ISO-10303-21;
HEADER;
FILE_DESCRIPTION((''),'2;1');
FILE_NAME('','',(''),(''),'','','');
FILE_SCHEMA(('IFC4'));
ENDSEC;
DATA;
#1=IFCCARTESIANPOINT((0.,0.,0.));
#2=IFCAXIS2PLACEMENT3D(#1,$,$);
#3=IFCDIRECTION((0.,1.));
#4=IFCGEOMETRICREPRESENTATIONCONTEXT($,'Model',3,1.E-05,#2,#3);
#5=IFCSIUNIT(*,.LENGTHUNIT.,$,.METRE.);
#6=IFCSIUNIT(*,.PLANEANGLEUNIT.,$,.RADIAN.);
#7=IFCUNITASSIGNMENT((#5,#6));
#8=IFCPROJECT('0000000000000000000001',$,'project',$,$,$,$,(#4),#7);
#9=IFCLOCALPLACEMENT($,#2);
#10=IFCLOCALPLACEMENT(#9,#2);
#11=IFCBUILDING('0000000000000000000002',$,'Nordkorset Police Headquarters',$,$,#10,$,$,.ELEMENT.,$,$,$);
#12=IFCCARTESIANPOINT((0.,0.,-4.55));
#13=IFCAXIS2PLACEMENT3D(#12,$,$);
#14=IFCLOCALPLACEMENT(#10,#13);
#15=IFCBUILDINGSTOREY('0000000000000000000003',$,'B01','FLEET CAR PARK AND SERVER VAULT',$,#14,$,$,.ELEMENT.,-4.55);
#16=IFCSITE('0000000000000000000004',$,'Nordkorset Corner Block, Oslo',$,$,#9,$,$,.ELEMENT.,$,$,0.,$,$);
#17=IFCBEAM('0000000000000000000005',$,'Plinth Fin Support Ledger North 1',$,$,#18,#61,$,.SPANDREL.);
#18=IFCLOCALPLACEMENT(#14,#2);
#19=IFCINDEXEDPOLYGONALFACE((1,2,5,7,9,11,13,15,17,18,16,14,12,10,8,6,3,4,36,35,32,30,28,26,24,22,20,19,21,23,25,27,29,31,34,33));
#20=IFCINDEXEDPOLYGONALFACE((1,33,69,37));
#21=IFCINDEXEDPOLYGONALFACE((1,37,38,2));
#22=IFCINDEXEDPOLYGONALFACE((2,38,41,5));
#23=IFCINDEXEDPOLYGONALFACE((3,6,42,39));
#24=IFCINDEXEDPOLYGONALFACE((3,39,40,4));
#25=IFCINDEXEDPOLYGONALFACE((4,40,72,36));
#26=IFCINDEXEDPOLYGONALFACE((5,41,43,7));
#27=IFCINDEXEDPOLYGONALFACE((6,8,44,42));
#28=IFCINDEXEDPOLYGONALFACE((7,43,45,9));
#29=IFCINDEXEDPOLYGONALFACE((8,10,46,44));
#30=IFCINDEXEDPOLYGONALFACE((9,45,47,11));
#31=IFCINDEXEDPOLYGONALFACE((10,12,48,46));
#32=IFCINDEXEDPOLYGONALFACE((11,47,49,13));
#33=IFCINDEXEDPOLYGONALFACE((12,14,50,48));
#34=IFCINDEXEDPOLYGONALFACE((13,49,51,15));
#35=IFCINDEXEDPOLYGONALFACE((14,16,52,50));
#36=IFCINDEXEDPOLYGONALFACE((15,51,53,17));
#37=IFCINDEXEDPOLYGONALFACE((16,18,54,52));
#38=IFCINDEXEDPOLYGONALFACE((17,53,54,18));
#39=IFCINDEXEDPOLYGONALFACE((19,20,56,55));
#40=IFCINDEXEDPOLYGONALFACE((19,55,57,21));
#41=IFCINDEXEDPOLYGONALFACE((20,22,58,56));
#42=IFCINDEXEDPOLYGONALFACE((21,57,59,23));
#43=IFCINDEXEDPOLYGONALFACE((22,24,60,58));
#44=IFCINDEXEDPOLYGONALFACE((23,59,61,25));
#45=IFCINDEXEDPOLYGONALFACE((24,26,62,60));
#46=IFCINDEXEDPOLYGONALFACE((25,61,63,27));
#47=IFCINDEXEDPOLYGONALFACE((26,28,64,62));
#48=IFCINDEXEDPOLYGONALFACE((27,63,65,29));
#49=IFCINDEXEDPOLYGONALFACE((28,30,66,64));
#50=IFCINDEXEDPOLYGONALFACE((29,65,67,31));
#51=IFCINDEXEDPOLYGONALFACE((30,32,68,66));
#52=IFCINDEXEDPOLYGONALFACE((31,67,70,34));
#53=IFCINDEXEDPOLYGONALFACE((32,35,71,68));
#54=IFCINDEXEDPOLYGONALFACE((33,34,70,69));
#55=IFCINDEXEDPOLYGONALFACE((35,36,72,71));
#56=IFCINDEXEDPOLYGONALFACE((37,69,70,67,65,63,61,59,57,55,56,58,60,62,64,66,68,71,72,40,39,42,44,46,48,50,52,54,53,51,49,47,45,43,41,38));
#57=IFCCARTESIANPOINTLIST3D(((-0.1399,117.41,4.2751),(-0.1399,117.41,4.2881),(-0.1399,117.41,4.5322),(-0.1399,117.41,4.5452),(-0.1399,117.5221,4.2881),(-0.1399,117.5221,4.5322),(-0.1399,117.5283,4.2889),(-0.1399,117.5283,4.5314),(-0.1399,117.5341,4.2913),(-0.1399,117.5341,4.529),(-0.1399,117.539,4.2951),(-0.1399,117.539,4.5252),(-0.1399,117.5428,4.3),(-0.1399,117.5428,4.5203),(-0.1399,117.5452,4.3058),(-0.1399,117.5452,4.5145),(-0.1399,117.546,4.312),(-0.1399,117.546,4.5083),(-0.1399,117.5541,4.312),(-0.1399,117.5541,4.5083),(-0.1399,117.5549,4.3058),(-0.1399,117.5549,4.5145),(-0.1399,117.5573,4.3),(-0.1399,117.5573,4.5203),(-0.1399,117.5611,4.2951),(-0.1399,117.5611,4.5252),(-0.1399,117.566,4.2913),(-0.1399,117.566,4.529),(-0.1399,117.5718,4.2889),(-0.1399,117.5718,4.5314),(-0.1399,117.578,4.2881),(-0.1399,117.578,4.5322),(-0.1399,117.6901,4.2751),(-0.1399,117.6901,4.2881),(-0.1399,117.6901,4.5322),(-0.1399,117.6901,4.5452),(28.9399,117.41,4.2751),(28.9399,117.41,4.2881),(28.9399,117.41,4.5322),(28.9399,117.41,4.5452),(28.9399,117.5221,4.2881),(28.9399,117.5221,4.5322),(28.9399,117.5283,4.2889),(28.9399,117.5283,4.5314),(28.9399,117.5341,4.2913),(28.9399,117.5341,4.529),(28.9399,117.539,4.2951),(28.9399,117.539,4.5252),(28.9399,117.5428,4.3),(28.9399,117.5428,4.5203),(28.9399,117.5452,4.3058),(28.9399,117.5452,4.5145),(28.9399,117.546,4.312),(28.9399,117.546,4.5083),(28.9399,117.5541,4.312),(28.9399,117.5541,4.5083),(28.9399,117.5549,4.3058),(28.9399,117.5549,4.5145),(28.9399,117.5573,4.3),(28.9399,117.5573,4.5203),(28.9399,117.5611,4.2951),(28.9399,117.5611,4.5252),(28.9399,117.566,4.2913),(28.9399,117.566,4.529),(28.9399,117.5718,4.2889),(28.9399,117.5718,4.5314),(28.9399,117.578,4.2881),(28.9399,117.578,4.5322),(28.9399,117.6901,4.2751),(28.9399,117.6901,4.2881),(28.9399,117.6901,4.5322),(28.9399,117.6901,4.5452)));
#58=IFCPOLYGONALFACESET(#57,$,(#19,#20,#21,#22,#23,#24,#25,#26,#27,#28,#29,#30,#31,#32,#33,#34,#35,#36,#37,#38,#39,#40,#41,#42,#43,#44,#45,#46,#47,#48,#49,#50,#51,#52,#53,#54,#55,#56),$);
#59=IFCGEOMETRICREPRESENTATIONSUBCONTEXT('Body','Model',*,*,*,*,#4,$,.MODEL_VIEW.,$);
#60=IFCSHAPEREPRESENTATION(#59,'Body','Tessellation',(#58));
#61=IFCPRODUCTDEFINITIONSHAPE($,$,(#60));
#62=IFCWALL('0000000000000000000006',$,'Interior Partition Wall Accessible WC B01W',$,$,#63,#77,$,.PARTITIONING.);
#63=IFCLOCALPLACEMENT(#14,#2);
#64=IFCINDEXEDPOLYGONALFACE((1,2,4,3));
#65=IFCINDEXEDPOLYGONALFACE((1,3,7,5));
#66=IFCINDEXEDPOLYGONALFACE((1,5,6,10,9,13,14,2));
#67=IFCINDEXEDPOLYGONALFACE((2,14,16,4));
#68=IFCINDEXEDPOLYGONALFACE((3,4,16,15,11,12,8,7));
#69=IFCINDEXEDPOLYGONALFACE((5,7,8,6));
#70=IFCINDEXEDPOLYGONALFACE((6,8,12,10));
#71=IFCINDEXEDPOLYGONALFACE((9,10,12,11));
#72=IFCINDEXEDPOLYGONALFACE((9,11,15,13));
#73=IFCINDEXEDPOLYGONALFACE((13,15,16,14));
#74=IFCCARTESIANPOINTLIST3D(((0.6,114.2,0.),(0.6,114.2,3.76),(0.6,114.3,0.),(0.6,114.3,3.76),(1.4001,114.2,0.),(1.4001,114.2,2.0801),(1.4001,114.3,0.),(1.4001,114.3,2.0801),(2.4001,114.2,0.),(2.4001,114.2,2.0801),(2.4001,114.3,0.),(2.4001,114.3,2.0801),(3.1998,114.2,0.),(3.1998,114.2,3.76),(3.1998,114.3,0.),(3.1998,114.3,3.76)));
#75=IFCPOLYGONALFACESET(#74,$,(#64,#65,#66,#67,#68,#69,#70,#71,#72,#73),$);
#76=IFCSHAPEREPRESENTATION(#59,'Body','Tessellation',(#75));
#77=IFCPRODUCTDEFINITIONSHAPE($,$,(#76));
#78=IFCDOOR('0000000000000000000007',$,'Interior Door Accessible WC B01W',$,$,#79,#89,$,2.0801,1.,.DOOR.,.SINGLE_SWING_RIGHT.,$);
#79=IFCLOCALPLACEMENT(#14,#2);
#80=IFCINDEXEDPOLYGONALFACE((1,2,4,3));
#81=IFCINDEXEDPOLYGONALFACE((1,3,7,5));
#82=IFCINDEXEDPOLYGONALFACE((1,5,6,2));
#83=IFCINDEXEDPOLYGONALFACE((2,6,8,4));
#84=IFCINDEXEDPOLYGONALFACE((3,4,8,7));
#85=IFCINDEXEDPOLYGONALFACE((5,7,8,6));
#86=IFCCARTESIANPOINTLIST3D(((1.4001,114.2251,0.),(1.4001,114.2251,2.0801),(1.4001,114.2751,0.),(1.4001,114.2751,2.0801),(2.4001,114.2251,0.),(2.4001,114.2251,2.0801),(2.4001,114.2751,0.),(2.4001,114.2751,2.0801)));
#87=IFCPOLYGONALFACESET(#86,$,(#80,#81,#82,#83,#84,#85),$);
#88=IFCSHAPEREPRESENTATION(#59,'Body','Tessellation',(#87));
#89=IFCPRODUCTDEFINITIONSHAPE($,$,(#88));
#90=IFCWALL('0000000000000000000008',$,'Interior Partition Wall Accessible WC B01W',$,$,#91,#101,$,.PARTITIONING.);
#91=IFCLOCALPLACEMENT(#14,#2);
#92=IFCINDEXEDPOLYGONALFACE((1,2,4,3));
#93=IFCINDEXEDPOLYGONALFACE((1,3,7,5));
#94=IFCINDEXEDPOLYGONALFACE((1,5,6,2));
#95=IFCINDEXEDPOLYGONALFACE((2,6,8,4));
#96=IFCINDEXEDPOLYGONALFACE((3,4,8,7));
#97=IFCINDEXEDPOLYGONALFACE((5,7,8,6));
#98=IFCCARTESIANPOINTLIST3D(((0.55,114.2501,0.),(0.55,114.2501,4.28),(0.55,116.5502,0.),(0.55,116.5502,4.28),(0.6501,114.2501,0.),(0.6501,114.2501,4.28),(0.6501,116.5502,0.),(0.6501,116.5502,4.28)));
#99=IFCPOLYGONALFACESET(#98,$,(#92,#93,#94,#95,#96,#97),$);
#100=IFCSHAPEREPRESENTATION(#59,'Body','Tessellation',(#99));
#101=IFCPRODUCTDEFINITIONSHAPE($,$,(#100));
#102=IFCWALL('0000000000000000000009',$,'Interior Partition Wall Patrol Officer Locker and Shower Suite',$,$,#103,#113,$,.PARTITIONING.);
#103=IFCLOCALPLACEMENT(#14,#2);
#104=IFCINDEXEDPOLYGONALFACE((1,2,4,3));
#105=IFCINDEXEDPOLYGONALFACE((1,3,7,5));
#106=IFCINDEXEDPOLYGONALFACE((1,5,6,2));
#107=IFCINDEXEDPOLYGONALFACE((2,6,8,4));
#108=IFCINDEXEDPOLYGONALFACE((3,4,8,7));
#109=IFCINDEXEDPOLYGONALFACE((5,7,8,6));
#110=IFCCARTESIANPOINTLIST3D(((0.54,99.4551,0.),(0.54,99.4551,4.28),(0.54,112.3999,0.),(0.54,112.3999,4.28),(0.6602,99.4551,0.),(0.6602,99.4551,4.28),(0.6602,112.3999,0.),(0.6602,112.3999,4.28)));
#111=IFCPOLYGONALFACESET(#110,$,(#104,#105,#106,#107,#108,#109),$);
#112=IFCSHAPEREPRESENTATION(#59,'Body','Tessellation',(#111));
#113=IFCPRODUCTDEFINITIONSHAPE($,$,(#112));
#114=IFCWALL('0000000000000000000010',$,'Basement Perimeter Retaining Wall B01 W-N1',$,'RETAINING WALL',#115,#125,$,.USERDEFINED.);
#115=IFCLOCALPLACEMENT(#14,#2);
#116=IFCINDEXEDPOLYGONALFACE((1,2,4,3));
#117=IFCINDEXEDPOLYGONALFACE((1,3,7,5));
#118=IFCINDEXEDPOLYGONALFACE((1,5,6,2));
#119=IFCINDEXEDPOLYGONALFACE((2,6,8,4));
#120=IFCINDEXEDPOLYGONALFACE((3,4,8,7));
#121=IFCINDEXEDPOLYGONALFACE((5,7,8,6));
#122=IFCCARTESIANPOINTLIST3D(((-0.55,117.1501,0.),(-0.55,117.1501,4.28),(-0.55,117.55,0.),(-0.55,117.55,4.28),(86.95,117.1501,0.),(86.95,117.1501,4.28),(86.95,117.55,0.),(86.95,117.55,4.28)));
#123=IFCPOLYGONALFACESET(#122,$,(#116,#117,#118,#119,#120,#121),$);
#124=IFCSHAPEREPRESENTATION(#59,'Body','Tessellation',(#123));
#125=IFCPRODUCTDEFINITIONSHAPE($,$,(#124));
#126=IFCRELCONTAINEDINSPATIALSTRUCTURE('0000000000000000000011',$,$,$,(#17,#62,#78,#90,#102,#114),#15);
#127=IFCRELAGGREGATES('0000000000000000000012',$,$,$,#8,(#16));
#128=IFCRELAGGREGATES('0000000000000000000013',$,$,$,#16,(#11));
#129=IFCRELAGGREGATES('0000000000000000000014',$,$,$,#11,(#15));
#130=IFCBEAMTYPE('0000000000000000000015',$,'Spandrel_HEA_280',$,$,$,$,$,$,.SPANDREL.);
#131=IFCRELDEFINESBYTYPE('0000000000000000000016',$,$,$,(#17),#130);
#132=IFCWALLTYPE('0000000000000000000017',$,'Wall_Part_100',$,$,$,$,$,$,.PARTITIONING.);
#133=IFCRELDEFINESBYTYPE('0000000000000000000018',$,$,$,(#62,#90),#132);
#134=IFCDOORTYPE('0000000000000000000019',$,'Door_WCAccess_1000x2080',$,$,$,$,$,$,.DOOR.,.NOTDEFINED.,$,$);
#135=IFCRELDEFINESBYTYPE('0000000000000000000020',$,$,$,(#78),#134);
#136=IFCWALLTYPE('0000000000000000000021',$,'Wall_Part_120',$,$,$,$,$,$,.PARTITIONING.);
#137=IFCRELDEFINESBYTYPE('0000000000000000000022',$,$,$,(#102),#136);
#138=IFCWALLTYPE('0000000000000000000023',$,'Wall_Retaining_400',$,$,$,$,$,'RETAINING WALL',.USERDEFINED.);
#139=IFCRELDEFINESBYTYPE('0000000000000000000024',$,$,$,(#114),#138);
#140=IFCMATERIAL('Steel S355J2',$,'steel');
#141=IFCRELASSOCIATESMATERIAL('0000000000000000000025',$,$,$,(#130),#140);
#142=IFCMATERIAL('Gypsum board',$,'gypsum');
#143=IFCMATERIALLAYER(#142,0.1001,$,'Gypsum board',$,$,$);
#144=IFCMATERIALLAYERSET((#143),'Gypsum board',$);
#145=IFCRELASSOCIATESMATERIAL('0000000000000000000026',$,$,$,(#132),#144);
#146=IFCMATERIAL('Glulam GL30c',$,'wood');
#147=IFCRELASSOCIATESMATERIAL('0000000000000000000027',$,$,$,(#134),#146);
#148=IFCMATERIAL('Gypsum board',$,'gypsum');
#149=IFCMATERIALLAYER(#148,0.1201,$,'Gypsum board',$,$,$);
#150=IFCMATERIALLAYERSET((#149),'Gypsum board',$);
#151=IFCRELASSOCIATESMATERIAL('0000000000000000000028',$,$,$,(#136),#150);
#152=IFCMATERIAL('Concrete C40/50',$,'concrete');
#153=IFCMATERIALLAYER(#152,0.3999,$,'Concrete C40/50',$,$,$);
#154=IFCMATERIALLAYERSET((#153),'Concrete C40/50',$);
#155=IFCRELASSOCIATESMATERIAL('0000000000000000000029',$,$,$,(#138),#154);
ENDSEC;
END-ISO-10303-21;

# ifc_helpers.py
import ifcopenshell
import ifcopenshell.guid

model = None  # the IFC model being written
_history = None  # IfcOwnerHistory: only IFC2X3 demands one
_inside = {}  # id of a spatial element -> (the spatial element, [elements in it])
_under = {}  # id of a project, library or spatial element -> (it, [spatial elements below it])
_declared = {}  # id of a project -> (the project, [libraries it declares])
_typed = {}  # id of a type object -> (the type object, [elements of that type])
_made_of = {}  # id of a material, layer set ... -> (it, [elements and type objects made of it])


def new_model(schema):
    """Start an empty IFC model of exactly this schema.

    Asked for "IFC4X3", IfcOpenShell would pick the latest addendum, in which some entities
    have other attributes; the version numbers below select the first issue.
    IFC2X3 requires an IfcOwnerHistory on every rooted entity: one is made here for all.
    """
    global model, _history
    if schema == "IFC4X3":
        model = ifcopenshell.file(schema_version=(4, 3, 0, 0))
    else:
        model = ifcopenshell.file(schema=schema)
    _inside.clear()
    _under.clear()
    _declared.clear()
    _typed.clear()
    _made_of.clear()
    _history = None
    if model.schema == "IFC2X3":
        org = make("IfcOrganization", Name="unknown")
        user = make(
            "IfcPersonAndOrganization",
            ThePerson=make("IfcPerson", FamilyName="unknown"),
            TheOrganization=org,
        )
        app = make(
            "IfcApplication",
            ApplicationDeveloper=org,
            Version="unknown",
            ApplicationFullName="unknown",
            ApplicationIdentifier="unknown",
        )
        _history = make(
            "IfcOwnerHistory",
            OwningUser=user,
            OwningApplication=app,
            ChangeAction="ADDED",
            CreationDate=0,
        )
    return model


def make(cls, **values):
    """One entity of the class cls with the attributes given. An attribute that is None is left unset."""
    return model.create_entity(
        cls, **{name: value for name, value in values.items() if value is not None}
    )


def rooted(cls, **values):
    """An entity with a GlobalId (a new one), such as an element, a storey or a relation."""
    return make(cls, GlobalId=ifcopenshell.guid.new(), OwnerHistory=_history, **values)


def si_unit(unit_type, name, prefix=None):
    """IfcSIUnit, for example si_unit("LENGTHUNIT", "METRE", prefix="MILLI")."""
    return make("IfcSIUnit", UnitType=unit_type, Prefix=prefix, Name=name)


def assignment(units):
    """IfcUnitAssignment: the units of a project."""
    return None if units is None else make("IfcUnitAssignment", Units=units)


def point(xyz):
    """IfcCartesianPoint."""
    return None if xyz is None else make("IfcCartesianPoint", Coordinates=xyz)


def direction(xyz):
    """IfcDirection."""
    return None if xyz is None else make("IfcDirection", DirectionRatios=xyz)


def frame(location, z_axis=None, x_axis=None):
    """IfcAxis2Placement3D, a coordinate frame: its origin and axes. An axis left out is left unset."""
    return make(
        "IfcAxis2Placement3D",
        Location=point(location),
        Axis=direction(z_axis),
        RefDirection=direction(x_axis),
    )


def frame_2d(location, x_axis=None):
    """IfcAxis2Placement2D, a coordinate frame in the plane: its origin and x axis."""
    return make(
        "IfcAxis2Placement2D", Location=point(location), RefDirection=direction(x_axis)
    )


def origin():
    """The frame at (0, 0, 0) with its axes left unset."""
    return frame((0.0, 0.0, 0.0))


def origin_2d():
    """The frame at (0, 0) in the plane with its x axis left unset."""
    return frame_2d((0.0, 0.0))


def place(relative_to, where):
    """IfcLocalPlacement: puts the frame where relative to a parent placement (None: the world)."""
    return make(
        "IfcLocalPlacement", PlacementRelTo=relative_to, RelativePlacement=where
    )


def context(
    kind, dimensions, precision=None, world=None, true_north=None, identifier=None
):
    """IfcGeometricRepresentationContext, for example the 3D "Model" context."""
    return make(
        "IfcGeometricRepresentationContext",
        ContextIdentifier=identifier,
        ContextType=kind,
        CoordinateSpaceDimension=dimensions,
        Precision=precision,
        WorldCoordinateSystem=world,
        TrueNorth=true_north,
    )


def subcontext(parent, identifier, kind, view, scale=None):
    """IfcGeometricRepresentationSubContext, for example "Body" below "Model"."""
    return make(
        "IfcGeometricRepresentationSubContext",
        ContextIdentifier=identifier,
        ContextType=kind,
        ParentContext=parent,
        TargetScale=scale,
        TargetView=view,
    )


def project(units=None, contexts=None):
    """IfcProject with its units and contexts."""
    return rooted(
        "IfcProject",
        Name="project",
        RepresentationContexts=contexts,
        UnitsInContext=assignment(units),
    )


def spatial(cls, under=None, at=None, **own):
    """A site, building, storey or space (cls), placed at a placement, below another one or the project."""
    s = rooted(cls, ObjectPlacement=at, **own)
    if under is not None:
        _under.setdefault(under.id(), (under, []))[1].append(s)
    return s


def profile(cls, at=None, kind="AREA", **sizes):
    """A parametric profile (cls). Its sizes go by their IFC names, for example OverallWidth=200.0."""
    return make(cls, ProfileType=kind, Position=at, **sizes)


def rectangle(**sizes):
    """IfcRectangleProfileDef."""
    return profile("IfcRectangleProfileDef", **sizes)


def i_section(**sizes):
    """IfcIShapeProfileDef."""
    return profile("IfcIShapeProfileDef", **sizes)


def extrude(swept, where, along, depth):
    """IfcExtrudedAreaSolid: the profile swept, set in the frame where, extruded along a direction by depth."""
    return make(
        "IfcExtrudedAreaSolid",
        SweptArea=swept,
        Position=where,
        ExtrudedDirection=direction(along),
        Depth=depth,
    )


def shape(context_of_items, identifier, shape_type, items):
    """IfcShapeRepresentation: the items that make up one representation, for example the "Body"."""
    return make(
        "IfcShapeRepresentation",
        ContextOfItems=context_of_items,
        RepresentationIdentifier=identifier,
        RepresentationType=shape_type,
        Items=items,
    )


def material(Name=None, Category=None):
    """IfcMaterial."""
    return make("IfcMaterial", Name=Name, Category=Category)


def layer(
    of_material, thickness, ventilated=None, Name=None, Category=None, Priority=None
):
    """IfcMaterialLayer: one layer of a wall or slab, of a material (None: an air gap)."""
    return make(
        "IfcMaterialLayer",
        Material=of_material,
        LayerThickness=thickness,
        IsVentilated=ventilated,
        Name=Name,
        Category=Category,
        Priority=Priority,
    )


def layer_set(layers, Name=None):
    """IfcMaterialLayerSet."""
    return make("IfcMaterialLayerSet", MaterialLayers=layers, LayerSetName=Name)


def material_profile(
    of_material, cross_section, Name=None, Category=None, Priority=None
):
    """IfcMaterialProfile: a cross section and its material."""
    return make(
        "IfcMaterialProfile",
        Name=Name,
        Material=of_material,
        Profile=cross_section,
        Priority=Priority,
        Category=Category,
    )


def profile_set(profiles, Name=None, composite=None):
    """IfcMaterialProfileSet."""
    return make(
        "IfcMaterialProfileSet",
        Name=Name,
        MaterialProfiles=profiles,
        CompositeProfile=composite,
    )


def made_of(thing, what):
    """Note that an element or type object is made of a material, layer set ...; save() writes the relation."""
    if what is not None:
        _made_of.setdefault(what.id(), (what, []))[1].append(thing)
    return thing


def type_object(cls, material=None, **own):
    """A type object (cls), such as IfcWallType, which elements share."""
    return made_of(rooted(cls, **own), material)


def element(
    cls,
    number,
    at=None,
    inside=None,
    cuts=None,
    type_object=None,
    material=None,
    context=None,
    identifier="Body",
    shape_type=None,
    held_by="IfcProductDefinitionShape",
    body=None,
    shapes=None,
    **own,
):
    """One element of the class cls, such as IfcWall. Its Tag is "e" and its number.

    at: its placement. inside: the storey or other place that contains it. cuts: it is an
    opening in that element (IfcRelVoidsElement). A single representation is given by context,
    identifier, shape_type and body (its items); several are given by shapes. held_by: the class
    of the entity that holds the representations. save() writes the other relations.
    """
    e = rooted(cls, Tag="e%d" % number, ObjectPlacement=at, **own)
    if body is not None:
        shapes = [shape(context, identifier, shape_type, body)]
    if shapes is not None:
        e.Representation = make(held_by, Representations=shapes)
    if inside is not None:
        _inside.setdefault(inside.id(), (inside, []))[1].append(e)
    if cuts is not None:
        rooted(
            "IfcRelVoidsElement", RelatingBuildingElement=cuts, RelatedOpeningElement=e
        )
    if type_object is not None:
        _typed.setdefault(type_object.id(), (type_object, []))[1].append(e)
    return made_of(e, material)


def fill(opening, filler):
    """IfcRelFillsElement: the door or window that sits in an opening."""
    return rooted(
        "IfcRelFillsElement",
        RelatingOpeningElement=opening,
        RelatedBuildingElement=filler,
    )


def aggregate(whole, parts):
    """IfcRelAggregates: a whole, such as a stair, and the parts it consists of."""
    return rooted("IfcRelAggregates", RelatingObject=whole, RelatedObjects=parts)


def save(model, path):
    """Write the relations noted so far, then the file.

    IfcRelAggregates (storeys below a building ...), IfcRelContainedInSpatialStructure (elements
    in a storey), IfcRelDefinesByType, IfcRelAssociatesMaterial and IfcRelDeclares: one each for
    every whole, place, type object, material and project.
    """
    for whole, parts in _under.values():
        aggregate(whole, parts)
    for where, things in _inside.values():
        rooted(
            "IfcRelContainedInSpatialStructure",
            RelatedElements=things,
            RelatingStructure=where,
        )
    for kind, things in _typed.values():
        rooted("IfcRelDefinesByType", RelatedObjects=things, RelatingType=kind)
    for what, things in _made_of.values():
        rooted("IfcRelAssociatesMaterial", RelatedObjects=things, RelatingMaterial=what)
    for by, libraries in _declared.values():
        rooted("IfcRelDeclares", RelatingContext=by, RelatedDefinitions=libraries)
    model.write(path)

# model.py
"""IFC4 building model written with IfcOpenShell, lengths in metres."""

from ifc_helpers import new_model, si_unit, direction, frame, frame_2d, origin, origin_2d, place, context, subcontext, project, spatial, rectangle, i_section, extrude, material, layer, layer_set, material_profile, profile_set, type_object, element, fill, save


model = new_model("IFC4")

# Units and contexts
model_context = context("Model", 3, precision=1e-05, world=origin(), true_north=direction((0.0, 1.0)))
body_context = subcontext(model_context, "Body", "Model", "MODEL_VIEW")
ifc_project = project(units=[si_unit("LENGTHUNIT", "METRE"), si_unit("PLANEANGLEUNIT", "RADIAN")], contexts=[model_context])

# Site, building, storey
site_placement = place(None, origin())
site = spatial("IfcSite", under=ifc_project, at=site_placement, Name="Nordkorset Corner Block, Oslo", CompositionType="ELEMENT", RefElevation=0.0)
building_placement = place(site_placement, origin())
building = spatial("IfcBuilding", under=site, at=building_placement, Name="Nordkorset Police Headquarters", CompositionType="ELEMENT")
storey_placement = place(building_placement, frame((0.0, 0.0, -4.55)))
storey = spatial("IfcBuildingStorey", under=building, at=storey_placement, Name="B01", Description="FLEET CAR PARK AND SERVER VAULT", CompositionType="ELEMENT", Elevation=-4.55)

# Beam
ifc_material_1 = material(Name="Steel S355J2", Category="steel")
ifc_material_profile_1 = material_profile(ifc_material_1, i_section(OverallWidth=0.28, OverallDepth=0.27, WebThickness=0.0081, FlangeThickness=0.0129, FilletRadius=0.0239, at=origin_2d()), Name="HEA 280")
ifc_profile_set_1 = profile_set([ifc_material_profile_1], Name="Steel S355J2")
beam_type_1 = type_object("IfcBeamType", Name="Spandrel_HEA_280", PredefinedType="SPANDREL", material=ifc_profile_set_1)
beam_1_placement = place(storey_placement, frame((-0.1399, 117.55, 4.4102), z_axis=(1.0, 0.0, 0.0), x_axis=(0.0, 1.0, 0.0)))
element("IfcBeam", 1, at=beam_1_placement, inside=storey, type_object=beam_type_1, Name="Plinth Fin Support Ledger North 1", PredefinedType="SPANDREL", context=body_context, shape_type="SweptSolid", body=[
    extrude(i_section(OverallWidth=0.28, OverallDepth=0.27, WebThickness=0.0081, FlangeThickness=0.0129, FilletRadius=0.0239, at=origin_2d()), origin(), (0.0, 0.0, 1.0), 29.0798),
])

# Wall, opening, door
ifc_material_2 = material(Name="Gypsum board", Category="gypsum")
ifc_layer_1 = layer(ifc_material_2, 0.1001, Name="Gypsum board")
ifc_layer_set_1 = layer_set([ifc_layer_1], Name="Gypsum board")
wall_type_1 = type_object("IfcWallType", Name="Wall_Part_100", PredefinedType="PARTITIONING", material=ifc_layer_set_1)
wall_1_placement = place(storey_placement, frame((0.6001, 114.25, 0.0), z_axis=(0.0, 0.0, 1.0), x_axis=(1.0, 0.0, 0.0)))
wall_1 = element("IfcWall", 2, at=wall_1_placement, inside=storey, type_object=wall_type_1, Name="Interior Partition Wall Accessible WC B01W", PredefinedType="PARTITIONING", context=body_context, shape_type="SweptSolid", body=[
    extrude(rectangle(XDim=2.5999, YDim=0.1001, at=frame_2d((1.2998, 0.0))), origin(), (0.0, 0.0, 1.0), 3.76),
])
opening_placement = place(wall_1_placement, frame((0.8, 0.0, 0.0)))
opening = element("IfcOpeningElement", 3, at=opening_placement, cuts=wall_1, PredefinedType="OPENING", context=body_context, shape_type="SweptSolid", body=[
    extrude(rectangle(XDim=1.0, YDim=2.0801, at=frame_2d((0.5, 1.04))), frame((0.0, 0.0601, 0.0), z_axis=(0.0, -1.0, 0.0), x_axis=(1.0, 0.0, 0.0)), (0.0, 0.0, 1.0), 0.1201),
])
ifc_material_3 = material(Name="Glulam GL30c", Category="wood")
door_type = type_object("IfcDoorType", Name="Door_WCAccess_1000x2080", OperationType="NOTDEFINED", PredefinedType="DOOR", material=ifc_material_3)
door_placement = place(opening_placement, frame((1.0, 0.0, 0.0), z_axis=(0.0, 0.0, 1.0), x_axis=(-1.0, 0.0, 0.0)))
door = element("IfcDoor", 4, at=door_placement, inside=storey, type_object=door_type, Name="Interior Door Accessible WC B01W", OperationType="SINGLE_SWING_RIGHT", OverallHeight=2.0801, OverallWidth=1.0, PredefinedType="DOOR", context=body_context, shape_type="SweptSolid", body=[
    extrude(rectangle(XDim=1.0, YDim=2.0801, at=frame_2d((0.5, 1.04))), frame((0.0, 0.0249, 0.0), z_axis=(0.0, -1.0, 0.0), x_axis=(1.0, 0.0, 0.0)), (0.0, 0.0, 1.0), 0.05),
])
fill(opening, door)

# Walls
wall_2_placement = place(storey_placement, frame((0.6001, 116.55, 0.0), z_axis=(0.0, 0.0, 1.0), x_axis=(0.0, -1.0, 0.0)))
element("IfcWall", 5, at=wall_2_placement, inside=storey, type_object=wall_type_1, Name="Interior Partition Wall Accessible WC B01W", PredefinedType="PARTITIONING", context=body_context, shape_type="SweptSolid", body=[
    extrude(rectangle(XDim=2.3, YDim=0.1001, at=frame_2d((1.1499, 0.0))), origin(), (0.0, 0.0, 1.0), 4.28),
])
ifc_material_4 = material(Name="Gypsum board", Category="gypsum")
ifc_layer_2 = layer(ifc_material_4, 0.1201, Name="Gypsum board")
ifc_layer_set_2 = layer_set([ifc_layer_2], Name="Gypsum board")
wall_type_2 = type_object("IfcWallType", Name="Wall_Part_120", PredefinedType="PARTITIONING", material=ifc_layer_set_2)
wall_3_placement = place(storey_placement, frame((0.6001, 112.3999, 0.0), z_axis=(0.0, 0.0, 1.0), x_axis=(0.0, -1.0, 0.0)))
element("IfcWall", 6, at=wall_3_placement, inside=storey, type_object=wall_type_2, Name="Interior Partition Wall Patrol Officer Locker and Shower Suite", PredefinedType="PARTITIONING", context=body_context, shape_type="SweptSolid", body=[
    extrude(rectangle(XDim=12.9448, YDim=0.1201, at=frame_2d((6.4724, 0.0))), origin(), (0.0, 0.0, 1.0), 4.28),
])
ifc_material_5 = material(Name="Concrete C40/50", Category="concrete")
ifc_layer_3 = layer(ifc_material_5, 0.3999, Name="Concrete C40/50")
ifc_layer_set_3 = layer_set([ifc_layer_3], Name="Concrete C40/50")
wall_type_3 = type_object("IfcWallType", Name="Wall_Retaining_400", ElementType="RETAINING WALL", PredefinedType="USERDEFINED", material=ifc_layer_set_3)
wall_4_placement = place(storey_placement, frame((-0.55, 117.3501, 0.0), z_axis=(0.0, 0.0, 1.0), x_axis=(1.0, 0.0, 0.0)))
element("IfcWall", 7, at=wall_4_placement, inside=storey, type_object=wall_type_3, Name="Basement Perimeter Retaining Wall B01 W-N1", ObjectType="RETAINING WALL", PredefinedType="USERDEFINED", context=body_context, shape_type="SweptSolid", body=[
    extrude(rectangle(XDim=87.5, YDim=0.3999, at=frame_2d((43.75, 0.0))), origin(), (0.0, 0.0, 1.0), 4.28),
])

save(model, "model.ifc")
